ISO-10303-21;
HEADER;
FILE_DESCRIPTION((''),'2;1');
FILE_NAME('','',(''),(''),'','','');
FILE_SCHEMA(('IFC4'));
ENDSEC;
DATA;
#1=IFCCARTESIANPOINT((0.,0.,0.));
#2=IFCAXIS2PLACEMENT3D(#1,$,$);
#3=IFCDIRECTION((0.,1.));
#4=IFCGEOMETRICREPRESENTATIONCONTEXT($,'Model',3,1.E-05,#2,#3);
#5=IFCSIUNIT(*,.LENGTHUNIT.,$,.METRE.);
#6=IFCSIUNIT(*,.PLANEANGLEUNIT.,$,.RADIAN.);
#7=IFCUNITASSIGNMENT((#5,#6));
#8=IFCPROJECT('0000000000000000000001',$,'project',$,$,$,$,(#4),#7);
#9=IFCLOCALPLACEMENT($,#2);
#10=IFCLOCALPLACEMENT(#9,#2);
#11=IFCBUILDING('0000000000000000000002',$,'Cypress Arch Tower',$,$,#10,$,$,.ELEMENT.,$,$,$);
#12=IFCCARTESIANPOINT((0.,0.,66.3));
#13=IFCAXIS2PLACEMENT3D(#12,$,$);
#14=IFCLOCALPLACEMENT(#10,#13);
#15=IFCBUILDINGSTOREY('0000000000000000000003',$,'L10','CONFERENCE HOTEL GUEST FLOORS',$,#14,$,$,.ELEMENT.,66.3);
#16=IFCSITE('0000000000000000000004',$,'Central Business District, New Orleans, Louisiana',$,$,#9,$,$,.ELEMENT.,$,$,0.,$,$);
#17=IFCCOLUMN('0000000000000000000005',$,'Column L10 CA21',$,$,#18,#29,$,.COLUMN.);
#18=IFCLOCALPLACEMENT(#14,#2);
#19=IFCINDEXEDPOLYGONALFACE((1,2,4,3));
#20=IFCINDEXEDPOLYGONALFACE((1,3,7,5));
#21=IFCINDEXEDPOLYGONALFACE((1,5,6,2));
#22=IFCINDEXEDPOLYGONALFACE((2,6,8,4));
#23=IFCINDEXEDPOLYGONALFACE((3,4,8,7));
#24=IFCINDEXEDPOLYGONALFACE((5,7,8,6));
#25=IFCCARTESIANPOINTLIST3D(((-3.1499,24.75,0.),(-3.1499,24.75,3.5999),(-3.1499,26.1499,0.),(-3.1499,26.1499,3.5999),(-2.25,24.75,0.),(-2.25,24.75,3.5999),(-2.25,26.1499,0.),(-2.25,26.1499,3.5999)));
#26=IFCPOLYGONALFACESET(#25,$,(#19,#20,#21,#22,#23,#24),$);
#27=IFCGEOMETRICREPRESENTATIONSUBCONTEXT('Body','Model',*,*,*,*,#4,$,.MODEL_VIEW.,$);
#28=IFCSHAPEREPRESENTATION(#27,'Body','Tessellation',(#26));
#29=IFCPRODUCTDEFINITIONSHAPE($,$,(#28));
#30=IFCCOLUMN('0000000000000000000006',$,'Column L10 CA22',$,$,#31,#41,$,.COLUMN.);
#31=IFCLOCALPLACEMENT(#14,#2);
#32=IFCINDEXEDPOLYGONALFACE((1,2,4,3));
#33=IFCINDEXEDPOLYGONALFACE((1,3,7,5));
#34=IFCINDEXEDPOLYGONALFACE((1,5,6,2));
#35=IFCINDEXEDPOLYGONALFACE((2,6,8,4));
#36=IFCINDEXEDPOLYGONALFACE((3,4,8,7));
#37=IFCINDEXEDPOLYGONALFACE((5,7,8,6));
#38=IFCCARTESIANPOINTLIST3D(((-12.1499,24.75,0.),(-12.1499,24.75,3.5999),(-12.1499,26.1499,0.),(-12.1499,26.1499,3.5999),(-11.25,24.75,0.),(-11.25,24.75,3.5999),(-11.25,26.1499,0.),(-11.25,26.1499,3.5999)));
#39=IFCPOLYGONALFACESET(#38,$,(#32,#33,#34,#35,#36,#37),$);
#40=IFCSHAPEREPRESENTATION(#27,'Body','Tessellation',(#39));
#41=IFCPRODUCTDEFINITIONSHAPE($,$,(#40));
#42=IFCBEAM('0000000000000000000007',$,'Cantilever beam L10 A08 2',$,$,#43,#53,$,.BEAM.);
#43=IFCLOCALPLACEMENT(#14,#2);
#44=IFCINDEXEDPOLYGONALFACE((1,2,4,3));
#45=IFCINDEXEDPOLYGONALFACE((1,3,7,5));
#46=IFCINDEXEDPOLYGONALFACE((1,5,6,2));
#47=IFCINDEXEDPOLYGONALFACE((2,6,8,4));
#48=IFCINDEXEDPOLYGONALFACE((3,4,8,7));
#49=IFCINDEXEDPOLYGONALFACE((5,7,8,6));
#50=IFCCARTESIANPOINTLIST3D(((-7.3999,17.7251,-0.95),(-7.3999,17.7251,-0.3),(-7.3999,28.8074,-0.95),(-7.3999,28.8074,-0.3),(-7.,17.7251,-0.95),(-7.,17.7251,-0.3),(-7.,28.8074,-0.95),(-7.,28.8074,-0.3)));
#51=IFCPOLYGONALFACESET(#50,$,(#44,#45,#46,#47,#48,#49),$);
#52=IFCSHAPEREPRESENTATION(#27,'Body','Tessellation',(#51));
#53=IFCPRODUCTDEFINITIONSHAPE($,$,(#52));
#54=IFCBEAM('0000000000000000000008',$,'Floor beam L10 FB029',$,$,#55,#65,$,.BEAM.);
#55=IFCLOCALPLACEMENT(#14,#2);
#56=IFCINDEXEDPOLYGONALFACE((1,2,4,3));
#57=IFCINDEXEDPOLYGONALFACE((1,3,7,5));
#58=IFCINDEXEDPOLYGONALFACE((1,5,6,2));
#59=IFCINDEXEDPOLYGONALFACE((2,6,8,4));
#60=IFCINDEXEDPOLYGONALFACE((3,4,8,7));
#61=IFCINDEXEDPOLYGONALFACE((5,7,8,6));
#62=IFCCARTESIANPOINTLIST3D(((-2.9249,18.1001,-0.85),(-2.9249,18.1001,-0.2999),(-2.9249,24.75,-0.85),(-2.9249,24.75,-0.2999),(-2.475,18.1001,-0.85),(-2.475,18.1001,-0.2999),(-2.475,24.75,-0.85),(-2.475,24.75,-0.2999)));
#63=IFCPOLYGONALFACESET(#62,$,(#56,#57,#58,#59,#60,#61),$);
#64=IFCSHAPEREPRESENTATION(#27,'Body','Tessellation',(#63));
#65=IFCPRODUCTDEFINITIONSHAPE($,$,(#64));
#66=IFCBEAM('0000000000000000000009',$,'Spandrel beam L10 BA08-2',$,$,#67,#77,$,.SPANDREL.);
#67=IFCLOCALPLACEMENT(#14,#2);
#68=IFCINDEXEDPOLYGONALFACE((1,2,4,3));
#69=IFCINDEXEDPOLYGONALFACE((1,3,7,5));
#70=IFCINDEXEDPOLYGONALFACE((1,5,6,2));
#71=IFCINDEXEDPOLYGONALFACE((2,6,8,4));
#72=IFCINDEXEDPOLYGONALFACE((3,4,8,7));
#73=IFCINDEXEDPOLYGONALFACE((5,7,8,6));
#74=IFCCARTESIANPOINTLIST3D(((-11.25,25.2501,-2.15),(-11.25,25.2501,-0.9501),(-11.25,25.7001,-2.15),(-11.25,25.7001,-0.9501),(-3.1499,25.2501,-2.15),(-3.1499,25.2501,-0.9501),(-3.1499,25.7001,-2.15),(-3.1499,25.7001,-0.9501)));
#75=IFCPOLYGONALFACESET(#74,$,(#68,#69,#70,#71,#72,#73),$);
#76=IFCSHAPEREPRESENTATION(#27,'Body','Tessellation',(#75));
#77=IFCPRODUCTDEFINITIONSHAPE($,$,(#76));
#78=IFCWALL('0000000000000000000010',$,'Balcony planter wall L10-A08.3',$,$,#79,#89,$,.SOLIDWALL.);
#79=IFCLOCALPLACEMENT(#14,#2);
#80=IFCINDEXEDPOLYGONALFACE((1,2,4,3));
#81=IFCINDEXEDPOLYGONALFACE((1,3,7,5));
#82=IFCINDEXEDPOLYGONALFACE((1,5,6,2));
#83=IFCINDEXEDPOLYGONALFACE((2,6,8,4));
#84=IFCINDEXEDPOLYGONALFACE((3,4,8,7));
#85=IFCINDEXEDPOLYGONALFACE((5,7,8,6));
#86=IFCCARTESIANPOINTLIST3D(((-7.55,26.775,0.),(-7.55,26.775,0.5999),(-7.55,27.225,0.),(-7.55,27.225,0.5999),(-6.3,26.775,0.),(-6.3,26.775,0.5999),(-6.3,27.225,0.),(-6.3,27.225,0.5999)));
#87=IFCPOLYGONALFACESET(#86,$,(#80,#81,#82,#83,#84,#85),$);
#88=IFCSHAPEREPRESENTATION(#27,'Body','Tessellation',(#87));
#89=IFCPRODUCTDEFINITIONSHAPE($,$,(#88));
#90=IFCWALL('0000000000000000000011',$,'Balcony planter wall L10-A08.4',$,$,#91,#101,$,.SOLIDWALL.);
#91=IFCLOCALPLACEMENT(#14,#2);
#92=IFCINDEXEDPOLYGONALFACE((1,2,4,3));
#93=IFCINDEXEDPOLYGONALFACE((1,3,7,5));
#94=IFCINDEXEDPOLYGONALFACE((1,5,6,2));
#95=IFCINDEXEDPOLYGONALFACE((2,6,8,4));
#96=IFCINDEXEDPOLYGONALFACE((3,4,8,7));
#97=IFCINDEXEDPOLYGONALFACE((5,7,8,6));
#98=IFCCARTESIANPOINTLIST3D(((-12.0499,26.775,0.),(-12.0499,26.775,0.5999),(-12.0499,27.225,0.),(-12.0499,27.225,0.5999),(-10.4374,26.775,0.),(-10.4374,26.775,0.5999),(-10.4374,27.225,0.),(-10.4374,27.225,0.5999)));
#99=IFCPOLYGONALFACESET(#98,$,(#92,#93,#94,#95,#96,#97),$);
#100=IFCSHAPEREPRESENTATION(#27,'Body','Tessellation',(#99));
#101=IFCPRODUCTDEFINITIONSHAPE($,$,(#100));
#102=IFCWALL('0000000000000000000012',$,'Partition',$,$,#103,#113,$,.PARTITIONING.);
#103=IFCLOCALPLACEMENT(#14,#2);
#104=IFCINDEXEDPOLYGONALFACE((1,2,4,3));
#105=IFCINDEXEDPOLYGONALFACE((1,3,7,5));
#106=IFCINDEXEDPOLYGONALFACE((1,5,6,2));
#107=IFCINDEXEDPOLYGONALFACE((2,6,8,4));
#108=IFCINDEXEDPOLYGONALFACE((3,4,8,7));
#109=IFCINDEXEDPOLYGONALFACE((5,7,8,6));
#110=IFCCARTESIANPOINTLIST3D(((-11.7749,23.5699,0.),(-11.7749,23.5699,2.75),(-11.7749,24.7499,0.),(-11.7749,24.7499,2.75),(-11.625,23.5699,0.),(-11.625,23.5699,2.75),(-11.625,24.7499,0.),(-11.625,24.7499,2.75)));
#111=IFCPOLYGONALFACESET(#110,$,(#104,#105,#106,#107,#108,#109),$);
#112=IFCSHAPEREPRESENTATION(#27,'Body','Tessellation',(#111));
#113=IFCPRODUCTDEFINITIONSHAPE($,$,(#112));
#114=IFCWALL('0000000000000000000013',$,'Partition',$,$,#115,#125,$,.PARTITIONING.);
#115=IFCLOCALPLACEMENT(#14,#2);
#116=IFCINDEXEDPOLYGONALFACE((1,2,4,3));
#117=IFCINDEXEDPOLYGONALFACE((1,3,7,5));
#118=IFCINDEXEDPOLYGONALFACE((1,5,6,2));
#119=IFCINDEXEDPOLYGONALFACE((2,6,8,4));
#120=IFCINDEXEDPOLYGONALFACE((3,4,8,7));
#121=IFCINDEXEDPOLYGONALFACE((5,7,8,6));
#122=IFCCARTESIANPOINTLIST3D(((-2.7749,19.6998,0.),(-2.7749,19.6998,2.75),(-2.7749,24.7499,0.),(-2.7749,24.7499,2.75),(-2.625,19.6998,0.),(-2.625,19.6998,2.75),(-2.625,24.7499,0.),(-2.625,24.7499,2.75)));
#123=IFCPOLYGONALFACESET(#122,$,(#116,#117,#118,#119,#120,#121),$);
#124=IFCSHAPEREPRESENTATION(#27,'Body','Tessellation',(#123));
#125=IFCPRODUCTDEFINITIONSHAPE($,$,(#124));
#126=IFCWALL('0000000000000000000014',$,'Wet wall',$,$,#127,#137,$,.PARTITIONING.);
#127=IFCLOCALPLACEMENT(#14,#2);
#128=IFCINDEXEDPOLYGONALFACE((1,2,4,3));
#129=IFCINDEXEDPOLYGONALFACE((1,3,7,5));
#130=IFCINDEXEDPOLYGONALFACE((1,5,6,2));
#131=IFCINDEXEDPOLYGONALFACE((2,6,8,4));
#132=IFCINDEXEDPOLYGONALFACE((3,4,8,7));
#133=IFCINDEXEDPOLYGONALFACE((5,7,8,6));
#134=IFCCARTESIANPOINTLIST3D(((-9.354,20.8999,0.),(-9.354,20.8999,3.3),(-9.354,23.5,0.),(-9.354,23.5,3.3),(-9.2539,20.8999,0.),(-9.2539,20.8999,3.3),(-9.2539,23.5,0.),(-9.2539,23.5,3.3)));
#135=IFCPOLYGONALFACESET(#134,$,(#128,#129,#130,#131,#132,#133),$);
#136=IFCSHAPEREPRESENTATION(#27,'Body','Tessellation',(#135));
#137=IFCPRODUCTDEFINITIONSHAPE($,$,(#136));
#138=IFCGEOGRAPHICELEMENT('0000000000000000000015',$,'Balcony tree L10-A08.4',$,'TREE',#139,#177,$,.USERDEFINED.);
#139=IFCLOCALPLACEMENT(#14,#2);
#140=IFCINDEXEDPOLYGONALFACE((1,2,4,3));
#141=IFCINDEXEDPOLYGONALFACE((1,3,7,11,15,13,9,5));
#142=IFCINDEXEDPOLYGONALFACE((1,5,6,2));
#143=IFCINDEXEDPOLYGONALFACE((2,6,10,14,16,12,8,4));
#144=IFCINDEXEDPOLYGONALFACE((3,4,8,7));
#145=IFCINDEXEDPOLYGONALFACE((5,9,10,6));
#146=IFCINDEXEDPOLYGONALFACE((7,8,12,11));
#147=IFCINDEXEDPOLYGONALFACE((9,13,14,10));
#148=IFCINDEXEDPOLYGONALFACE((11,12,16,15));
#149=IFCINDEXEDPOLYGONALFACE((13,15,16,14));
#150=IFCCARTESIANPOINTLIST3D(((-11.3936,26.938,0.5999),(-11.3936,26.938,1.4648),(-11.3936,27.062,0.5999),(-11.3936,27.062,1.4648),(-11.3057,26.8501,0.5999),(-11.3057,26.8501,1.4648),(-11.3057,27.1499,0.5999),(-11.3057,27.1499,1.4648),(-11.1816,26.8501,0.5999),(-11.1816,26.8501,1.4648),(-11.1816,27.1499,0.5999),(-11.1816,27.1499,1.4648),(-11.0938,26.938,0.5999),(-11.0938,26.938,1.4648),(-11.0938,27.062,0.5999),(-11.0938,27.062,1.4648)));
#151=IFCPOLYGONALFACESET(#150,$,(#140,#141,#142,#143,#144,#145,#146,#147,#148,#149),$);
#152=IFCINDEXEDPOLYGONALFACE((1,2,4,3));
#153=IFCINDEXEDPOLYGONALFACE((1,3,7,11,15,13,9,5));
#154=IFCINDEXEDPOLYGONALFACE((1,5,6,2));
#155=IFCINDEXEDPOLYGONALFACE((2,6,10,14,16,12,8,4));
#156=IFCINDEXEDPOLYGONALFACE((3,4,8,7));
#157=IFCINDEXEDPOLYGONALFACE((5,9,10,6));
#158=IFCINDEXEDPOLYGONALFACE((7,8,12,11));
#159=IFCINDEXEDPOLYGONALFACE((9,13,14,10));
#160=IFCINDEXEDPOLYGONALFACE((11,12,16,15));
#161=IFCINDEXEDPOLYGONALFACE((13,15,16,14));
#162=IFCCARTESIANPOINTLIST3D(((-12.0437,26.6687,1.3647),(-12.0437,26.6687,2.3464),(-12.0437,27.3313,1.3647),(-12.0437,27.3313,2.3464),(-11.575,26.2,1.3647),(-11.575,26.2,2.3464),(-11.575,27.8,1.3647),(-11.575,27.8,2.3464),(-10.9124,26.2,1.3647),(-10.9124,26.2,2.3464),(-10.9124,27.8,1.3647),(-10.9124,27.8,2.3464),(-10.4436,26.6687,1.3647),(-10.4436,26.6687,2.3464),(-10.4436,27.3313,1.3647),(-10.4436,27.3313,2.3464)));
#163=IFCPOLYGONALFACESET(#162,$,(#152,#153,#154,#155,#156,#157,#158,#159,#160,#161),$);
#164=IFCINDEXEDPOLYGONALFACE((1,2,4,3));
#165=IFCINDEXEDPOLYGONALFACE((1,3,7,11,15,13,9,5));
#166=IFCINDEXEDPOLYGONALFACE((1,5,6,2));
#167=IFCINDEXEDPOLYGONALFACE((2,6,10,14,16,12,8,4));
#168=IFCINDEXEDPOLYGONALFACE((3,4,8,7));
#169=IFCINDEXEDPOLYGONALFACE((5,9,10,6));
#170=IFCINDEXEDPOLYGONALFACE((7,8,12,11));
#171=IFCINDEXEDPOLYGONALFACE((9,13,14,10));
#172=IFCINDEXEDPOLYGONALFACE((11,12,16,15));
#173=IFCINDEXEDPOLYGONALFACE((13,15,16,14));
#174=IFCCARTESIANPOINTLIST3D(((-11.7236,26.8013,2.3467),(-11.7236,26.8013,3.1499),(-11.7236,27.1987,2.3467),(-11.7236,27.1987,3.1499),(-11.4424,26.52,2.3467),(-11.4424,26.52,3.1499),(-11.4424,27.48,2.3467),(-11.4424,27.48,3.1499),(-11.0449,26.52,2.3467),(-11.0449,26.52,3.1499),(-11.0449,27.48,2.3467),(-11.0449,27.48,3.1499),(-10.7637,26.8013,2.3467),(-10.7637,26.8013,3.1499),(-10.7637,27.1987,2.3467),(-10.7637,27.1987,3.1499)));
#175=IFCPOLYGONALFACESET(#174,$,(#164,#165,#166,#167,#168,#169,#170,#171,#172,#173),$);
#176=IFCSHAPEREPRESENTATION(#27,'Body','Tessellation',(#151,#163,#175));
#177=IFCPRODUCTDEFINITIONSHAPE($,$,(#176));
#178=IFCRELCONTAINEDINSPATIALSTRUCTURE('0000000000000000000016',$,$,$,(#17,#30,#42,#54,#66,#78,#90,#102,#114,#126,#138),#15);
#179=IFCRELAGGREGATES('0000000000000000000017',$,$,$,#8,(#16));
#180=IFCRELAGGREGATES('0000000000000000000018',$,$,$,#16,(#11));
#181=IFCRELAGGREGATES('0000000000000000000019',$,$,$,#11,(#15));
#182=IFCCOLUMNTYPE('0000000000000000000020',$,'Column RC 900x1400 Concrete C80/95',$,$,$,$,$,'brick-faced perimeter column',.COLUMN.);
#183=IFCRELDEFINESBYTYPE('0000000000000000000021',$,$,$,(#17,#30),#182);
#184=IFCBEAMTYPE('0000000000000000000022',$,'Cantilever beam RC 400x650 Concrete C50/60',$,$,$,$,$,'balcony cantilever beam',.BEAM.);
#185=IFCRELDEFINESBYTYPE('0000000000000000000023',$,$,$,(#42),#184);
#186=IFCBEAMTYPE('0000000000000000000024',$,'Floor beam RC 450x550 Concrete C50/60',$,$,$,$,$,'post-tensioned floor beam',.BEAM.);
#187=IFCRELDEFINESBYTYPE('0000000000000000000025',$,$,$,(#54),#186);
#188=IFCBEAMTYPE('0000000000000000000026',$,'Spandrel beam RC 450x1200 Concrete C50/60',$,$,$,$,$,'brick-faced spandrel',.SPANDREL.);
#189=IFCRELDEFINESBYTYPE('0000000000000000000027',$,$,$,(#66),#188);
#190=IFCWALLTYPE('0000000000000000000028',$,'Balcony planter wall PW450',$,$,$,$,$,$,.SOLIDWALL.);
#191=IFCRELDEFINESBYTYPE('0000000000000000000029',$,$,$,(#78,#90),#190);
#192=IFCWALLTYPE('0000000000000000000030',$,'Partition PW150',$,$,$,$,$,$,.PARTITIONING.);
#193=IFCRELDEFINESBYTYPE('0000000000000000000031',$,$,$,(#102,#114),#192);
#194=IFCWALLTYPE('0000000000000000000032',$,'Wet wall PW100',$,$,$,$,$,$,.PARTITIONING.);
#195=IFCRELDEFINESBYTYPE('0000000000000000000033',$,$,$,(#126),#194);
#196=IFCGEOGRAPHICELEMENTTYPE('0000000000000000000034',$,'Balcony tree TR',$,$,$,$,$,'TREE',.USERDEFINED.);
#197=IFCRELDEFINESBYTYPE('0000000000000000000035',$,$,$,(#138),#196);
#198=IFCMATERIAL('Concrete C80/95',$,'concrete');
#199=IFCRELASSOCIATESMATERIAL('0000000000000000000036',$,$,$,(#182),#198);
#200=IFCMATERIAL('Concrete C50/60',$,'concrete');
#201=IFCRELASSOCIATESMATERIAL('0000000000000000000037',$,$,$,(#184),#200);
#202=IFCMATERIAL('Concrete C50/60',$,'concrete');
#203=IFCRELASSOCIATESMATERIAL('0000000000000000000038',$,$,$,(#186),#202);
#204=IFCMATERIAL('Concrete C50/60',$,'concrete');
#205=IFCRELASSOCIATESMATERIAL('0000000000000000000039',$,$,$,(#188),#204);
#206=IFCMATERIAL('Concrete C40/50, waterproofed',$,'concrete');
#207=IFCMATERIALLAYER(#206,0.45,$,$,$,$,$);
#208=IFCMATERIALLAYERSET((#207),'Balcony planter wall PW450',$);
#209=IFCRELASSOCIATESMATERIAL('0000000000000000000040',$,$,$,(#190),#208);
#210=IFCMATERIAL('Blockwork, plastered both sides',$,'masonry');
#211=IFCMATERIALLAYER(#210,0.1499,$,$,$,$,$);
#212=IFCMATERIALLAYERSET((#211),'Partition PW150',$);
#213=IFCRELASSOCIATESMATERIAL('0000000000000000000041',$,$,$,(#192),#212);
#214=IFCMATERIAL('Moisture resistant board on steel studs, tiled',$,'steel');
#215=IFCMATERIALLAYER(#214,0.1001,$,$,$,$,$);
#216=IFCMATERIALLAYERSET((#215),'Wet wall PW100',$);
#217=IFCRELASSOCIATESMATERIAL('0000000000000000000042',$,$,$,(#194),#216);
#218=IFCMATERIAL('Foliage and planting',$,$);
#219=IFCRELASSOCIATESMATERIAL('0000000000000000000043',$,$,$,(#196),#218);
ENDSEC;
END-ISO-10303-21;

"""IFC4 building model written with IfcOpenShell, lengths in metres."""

from ifc_helpers import new_model, si_unit, direction, frame, frame_2d, origin, origin_2d, place, context, subcontext, project, spatial, polyline, rectangle, outline, extrude, material, layer, layer_set, material_profile, profile_set, type_object, element, save


model = new_model("IFC4")

# Units and contexts
model_context = context("Model", 3, precision=1e-05, world=origin(), true_north=direction((0.0, 1.0)))
body_context = subcontext(model_context, "Body", "Model", "MODEL_VIEW")
ifc_project = project(units=[si_unit("LENGTHUNIT", "METRE"), si_unit("PLANEANGLEUNIT", "RADIAN")], contexts=[model_context])

# Site, building, storey
site_placement = place(None, origin())
site = spatial("IfcSite", under=ifc_project, at=site_placement, Name="Central Business District, New Orleans, Louisiana", CompositionType="ELEMENT", RefElevation=0.0)
building_placement = place(site_placement, origin())
building = spatial("IfcBuilding", under=site, at=building_placement, Name="Cypress Arch Tower", CompositionType="ELEMENT")
storey_placement = place(building_placement, frame((0.0, 0.0, 66.3)))
storey = spatial("IfcBuildingStorey", under=building, at=storey_placement, Name="L10", Description="CONFERENCE HOTEL GUEST FLOORS", CompositionType="ELEMENT", Elevation=66.3)

# Columns
ifc_material_1 = material(Name="Concrete C80/95", Category="concrete")
ifc_material_profile_1 = material_profile(ifc_material_1, rectangle(XDim=0.8999, YDim=1.3999, at=origin_2d()), Name="RC 900x1400")
ifc_profile_set_1 = profile_set([ifc_material_profile_1], Name="Concrete C80/95")
column_type = type_object("IfcColumnType", Name="Column RC 900x1400 Concrete C80/95", ElementType="brick-faced perimeter column", PredefinedType="COLUMN", material=ifc_profile_set_1)
for number, where, z_axis, x_axis, name in (
    (1, (-2.7, 25.45, 0.0), (0.0, 0.0, 1.0), (-1.0, 0.0, 0.0), "Column L10 CA21"),
    (2, (-11.7, 25.45, 0.0), (0.0, 0.0, 1.0), (-1.0, 0.0, 0.0), "Column L10 CA22"),
):
    element("IfcColumn", number, at=place(storey_placement, frame(where, z_axis=z_axis, x_axis=x_axis)), inside=storey, type_object=column_type, Name=name, PredefinedType="COLUMN", context=body_context, shape_type="SweptSolid", body=[
        extrude(rectangle(XDim=0.8999, YDim=1.3999, at=origin_2d()), origin(), (0.0, 0.0, 1.0), 3.5999),
    ])

# Beams
ifc_material_2 = material(Name="Concrete C50/60", Category="concrete")
ifc_material_profile_2 = material_profile(ifc_material_2, rectangle(XDim=0.3999, YDim=0.6499, at=origin_2d()), Name="RC 400x650")
ifc_profile_set_2 = profile_set([ifc_material_profile_2], Name="Concrete C50/60")
beam_type_1 = type_object("IfcBeamType", Name="Cantilever beam RC 400x650 Concrete C50/60", ElementType="balcony cantilever beam", PredefinedType="BEAM", material=ifc_profile_set_2)
beam_1_placement = place(storey_placement, frame((-7.2, 17.7251, -0.625), z_axis=(0.0, 1.0, 0.0), x_axis=(-1.0, 0.0, 0.0)))
element("IfcBeam", 3, at=beam_1_placement, inside=storey, type_object=beam_type_1, Name="Cantilever beam L10 A08 2", PredefinedType="BEAM", context=body_context, shape_type="SweptSolid", body=[
    extrude(rectangle(XDim=0.3999, YDim=0.6499, at=origin_2d()), origin(), (0.0, 0.0, 1.0), 11.0823),
])
ifc_material_3 = material(Name="Concrete C50/60", Category="concrete")
ifc_material_profile_3 = material_profile(ifc_material_3, rectangle(XDim=0.45, YDim=0.55, at=origin_2d()), Name="RC 450x550")
ifc_profile_set_3 = profile_set([ifc_material_profile_3], Name="Concrete C50/60")
beam_type_2 = type_object("IfcBeamType", Name="Floor beam RC 450x550 Concrete C50/60", ElementType="post-tensioned floor beam", PredefinedType="BEAM", material=ifc_profile_set_3)
beam_2_placement = place(storey_placement, frame((-2.7, 18.1001, -0.575), z_axis=(0.0, 1.0, 0.0), x_axis=(-1.0, 0.0, 0.0)))
element("IfcBeam", 4, at=beam_2_placement, inside=storey, type_object=beam_type_2, Name="Floor beam L10 FB029", PredefinedType="BEAM", context=body_context, shape_type="SweptSolid", body=[
    extrude(rectangle(XDim=0.45, YDim=0.55, at=origin_2d()), origin(), (0.0, 0.0, 1.0), 6.6499),
])
ifc_material_4 = material(Name="Concrete C50/60", Category="concrete")
ifc_material_profile_4 = material_profile(ifc_material_4, rectangle(XDim=0.45, YDim=1.2, at=origin_2d()), Name="RC 450x1200")
ifc_profile_set_4 = profile_set([ifc_material_profile_4], Name="Concrete C50/60")
beam_type_3 = type_object("IfcBeamType", Name="Spandrel beam RC 450x1200 Concrete C50/60", ElementType="brick-faced spandrel", PredefinedType="SPANDREL", material=ifc_profile_set_4)
beam_3_placement = place(storey_placement, frame((-3.1499, 25.4751, -1.55), z_axis=(-1.0, 0.0, 0.0), x_axis=(0.0, -1.0, 0.0)))
element("IfcBeam", 5, at=beam_3_placement, inside=storey, type_object=beam_type_3, Name="Spandrel beam L10 BA08-2", PredefinedType="SPANDREL", context=body_context, shape_type="SweptSolid", body=[
    extrude(rectangle(XDim=0.45, YDim=1.2, at=origin_2d()), origin(), (0.0, 0.0, 1.0), 8.1001),
])

# Walls
ifc_material_5 = material(Name="Concrete C40/50, waterproofed", Category="concrete")
ifc_layer_1 = layer(ifc_material_5, 0.45)
ifc_layer_set_1 = layer_set([ifc_layer_1], Name="Balcony planter wall PW450")
wall_type_1 = type_object("IfcWallType", Name="Balcony planter wall PW450", PredefinedType="SOLIDWALL", material=ifc_layer_set_1)
wall_1_placement = place(storey_placement, frame((-6.3, 27.0, 0.0), z_axis=(0.0, 0.0, 1.0), x_axis=(-1.0, 0.0, 0.0)))
element("IfcWall", 6, at=wall_1_placement, inside=storey, type_object=wall_type_1, Name="Balcony planter wall L10-A08.3", PredefinedType="SOLIDWALL", context=body_context, shape_type="SweptSolid", body=[
    extrude(rectangle(XDim=1.25, YDim=0.45, at=frame_2d((0.625, 0.0))), origin(), (0.0, 0.0, 1.0), 0.5999),
])
wall_2_placement = place(storey_placement, frame((-10.4375, 27.0, 0.0), z_axis=(0.0, 0.0, 1.0), x_axis=(-1.0, 0.0, 0.0)))
element("IfcWall", 7, at=wall_2_placement, inside=storey, type_object=wall_type_1, Name="Balcony planter wall L10-A08.4", PredefinedType="SOLIDWALL", context=body_context, shape_type="SweptSolid", body=[
    extrude(rectangle(XDim=1.6125, YDim=0.45, at=frame_2d((0.8062, 0.0))), origin(), (0.0, 0.0, 1.0), 0.5999),
])

# Walls
ifc_material_6 = material(Name="Blockwork, plastered both sides", Category="masonry")
ifc_layer_2 = layer(ifc_material_6, 0.1499)
ifc_layer_set_2 = layer_set([ifc_layer_2], Name="Partition PW150")
wall_type_2 = type_object("IfcWallType", Name="Partition PW150", PredefinedType="PARTITIONING", material=ifc_layer_set_2)
wall_3_placement = place(storey_placement, frame((-11.7, 23.5701, 0.0), z_axis=(0.0, 0.0, 1.0), x_axis=(0.0, 1.0, 0.0)))
element("IfcWall", 8, at=wall_3_placement, inside=storey, type_object=wall_type_2, Name="Partition", PredefinedType="PARTITIONING", context=body_context, shape_type="SweptSolid", body=[
    extrude(rectangle(XDim=1.1799, YDim=0.1499, at=frame_2d((0.5898, 0.0))), origin(), (0.0, 0.0, 1.0), 2.75),
])
wall_4_placement = place(storey_placement, frame((-2.7, 19.7, 0.0), z_axis=(0.0, 0.0, 1.0), x_axis=(0.0, 1.0, 0.0)))
element("IfcWall", 9, at=wall_4_placement, inside=storey, type_object=wall_type_2, Name="Partition", PredefinedType="PARTITIONING", context=body_context, shape_type="SweptSolid", body=[
    extrude(rectangle(XDim=5.05, YDim=0.1499, at=frame_2d((2.5249, 0.0))), origin(), (0.0, 0.0, 1.0), 2.75),
])
ifc_material_7 = material(Name="Moisture resistant board on steel studs, tiled", Category="steel")
ifc_layer_3 = layer(ifc_material_7, 0.1001)
ifc_layer_set_3 = layer_set([ifc_layer_3], Name="Wet wall PW100")
wall_type_3 = type_object("IfcWallType", Name="Wet wall PW100", PredefinedType="PARTITIONING", material=ifc_layer_set_3)
wall_5_placement = place(storey_placement, frame((-9.304, 20.8999, 0.0), z_axis=(0.0, 0.0, 1.0), x_axis=(0.0, 1.0, 0.0)))
element("IfcWall", 10, at=wall_5_placement, inside=storey, type_object=wall_type_3, Name="Wet wall", PredefinedType="PARTITIONING", context=body_context, shape_type="SweptSolid", body=[
    extrude(rectangle(XDim=2.6001, YDim=0.1001, at=frame_2d((1.3, 0.0))), origin(), (0.0, 0.0, 1.0), 3.3),
])

# Geographic element
ifc_material_8 = material(Name="Foliage and planting")
geographic_element_type = type_object("IfcGeographicElementType", Name="Balcony tree TR", ElementType="TREE", PredefinedType="USERDEFINED", material=ifc_material_8)
geographic_element_placement = place(storey_placement, frame((-11.2437, 27.0, 0.5999), z_axis=(0.0, 0.0, 1.0), x_axis=(1.0, 0.0, 0.0)))
element("IfcGeographicElement", 11, at=geographic_element_placement, inside=storey, type_object=geographic_element_type, Name="Balcony tree L10-A08.4", ObjectType="TREE", PredefinedType="USERDEFINED", context=body_context, shape_type="SweptSolid", body=[
    extrude(outline(polyline([(0.1499, 0.062), (0.062, 0.1499), (-0.062, 0.1499), (-0.1499, 0.062), (-0.1499, -0.062), (-0.062, -0.1499), (0.062, -0.1499), (0.1499, -0.062), (0.1499, 0.062)])), origin(), (0.0, 0.0, 1.0), 0.865),
    extrude(outline(polyline([(0.8, 0.3313), (0.3313, 0.8), (-0.3313, 0.8), (-0.8, 0.3313), (-0.8, -0.3313), (-0.3313, -0.8), (0.3313, -0.8), (0.8, -0.3313), (0.8, 0.3313)])), frame((0.0, 0.0, 0.7649)), (0.0, 0.0, 1.0), 0.9817),
    extrude(outline(polyline([(0.48, 0.1987), (0.1987, 0.48), (-0.1987, 0.48), (-0.48, 0.1987), (-0.48, -0.1987), (-0.1987, -0.48), (0.1987, -0.48), (0.48, -0.1987), (0.48, 0.1987)])), frame((0.0, 0.0, 1.7468)), (0.0, 0.0, 1.0), 0.8032),
])

save(model, "model.ifc")
